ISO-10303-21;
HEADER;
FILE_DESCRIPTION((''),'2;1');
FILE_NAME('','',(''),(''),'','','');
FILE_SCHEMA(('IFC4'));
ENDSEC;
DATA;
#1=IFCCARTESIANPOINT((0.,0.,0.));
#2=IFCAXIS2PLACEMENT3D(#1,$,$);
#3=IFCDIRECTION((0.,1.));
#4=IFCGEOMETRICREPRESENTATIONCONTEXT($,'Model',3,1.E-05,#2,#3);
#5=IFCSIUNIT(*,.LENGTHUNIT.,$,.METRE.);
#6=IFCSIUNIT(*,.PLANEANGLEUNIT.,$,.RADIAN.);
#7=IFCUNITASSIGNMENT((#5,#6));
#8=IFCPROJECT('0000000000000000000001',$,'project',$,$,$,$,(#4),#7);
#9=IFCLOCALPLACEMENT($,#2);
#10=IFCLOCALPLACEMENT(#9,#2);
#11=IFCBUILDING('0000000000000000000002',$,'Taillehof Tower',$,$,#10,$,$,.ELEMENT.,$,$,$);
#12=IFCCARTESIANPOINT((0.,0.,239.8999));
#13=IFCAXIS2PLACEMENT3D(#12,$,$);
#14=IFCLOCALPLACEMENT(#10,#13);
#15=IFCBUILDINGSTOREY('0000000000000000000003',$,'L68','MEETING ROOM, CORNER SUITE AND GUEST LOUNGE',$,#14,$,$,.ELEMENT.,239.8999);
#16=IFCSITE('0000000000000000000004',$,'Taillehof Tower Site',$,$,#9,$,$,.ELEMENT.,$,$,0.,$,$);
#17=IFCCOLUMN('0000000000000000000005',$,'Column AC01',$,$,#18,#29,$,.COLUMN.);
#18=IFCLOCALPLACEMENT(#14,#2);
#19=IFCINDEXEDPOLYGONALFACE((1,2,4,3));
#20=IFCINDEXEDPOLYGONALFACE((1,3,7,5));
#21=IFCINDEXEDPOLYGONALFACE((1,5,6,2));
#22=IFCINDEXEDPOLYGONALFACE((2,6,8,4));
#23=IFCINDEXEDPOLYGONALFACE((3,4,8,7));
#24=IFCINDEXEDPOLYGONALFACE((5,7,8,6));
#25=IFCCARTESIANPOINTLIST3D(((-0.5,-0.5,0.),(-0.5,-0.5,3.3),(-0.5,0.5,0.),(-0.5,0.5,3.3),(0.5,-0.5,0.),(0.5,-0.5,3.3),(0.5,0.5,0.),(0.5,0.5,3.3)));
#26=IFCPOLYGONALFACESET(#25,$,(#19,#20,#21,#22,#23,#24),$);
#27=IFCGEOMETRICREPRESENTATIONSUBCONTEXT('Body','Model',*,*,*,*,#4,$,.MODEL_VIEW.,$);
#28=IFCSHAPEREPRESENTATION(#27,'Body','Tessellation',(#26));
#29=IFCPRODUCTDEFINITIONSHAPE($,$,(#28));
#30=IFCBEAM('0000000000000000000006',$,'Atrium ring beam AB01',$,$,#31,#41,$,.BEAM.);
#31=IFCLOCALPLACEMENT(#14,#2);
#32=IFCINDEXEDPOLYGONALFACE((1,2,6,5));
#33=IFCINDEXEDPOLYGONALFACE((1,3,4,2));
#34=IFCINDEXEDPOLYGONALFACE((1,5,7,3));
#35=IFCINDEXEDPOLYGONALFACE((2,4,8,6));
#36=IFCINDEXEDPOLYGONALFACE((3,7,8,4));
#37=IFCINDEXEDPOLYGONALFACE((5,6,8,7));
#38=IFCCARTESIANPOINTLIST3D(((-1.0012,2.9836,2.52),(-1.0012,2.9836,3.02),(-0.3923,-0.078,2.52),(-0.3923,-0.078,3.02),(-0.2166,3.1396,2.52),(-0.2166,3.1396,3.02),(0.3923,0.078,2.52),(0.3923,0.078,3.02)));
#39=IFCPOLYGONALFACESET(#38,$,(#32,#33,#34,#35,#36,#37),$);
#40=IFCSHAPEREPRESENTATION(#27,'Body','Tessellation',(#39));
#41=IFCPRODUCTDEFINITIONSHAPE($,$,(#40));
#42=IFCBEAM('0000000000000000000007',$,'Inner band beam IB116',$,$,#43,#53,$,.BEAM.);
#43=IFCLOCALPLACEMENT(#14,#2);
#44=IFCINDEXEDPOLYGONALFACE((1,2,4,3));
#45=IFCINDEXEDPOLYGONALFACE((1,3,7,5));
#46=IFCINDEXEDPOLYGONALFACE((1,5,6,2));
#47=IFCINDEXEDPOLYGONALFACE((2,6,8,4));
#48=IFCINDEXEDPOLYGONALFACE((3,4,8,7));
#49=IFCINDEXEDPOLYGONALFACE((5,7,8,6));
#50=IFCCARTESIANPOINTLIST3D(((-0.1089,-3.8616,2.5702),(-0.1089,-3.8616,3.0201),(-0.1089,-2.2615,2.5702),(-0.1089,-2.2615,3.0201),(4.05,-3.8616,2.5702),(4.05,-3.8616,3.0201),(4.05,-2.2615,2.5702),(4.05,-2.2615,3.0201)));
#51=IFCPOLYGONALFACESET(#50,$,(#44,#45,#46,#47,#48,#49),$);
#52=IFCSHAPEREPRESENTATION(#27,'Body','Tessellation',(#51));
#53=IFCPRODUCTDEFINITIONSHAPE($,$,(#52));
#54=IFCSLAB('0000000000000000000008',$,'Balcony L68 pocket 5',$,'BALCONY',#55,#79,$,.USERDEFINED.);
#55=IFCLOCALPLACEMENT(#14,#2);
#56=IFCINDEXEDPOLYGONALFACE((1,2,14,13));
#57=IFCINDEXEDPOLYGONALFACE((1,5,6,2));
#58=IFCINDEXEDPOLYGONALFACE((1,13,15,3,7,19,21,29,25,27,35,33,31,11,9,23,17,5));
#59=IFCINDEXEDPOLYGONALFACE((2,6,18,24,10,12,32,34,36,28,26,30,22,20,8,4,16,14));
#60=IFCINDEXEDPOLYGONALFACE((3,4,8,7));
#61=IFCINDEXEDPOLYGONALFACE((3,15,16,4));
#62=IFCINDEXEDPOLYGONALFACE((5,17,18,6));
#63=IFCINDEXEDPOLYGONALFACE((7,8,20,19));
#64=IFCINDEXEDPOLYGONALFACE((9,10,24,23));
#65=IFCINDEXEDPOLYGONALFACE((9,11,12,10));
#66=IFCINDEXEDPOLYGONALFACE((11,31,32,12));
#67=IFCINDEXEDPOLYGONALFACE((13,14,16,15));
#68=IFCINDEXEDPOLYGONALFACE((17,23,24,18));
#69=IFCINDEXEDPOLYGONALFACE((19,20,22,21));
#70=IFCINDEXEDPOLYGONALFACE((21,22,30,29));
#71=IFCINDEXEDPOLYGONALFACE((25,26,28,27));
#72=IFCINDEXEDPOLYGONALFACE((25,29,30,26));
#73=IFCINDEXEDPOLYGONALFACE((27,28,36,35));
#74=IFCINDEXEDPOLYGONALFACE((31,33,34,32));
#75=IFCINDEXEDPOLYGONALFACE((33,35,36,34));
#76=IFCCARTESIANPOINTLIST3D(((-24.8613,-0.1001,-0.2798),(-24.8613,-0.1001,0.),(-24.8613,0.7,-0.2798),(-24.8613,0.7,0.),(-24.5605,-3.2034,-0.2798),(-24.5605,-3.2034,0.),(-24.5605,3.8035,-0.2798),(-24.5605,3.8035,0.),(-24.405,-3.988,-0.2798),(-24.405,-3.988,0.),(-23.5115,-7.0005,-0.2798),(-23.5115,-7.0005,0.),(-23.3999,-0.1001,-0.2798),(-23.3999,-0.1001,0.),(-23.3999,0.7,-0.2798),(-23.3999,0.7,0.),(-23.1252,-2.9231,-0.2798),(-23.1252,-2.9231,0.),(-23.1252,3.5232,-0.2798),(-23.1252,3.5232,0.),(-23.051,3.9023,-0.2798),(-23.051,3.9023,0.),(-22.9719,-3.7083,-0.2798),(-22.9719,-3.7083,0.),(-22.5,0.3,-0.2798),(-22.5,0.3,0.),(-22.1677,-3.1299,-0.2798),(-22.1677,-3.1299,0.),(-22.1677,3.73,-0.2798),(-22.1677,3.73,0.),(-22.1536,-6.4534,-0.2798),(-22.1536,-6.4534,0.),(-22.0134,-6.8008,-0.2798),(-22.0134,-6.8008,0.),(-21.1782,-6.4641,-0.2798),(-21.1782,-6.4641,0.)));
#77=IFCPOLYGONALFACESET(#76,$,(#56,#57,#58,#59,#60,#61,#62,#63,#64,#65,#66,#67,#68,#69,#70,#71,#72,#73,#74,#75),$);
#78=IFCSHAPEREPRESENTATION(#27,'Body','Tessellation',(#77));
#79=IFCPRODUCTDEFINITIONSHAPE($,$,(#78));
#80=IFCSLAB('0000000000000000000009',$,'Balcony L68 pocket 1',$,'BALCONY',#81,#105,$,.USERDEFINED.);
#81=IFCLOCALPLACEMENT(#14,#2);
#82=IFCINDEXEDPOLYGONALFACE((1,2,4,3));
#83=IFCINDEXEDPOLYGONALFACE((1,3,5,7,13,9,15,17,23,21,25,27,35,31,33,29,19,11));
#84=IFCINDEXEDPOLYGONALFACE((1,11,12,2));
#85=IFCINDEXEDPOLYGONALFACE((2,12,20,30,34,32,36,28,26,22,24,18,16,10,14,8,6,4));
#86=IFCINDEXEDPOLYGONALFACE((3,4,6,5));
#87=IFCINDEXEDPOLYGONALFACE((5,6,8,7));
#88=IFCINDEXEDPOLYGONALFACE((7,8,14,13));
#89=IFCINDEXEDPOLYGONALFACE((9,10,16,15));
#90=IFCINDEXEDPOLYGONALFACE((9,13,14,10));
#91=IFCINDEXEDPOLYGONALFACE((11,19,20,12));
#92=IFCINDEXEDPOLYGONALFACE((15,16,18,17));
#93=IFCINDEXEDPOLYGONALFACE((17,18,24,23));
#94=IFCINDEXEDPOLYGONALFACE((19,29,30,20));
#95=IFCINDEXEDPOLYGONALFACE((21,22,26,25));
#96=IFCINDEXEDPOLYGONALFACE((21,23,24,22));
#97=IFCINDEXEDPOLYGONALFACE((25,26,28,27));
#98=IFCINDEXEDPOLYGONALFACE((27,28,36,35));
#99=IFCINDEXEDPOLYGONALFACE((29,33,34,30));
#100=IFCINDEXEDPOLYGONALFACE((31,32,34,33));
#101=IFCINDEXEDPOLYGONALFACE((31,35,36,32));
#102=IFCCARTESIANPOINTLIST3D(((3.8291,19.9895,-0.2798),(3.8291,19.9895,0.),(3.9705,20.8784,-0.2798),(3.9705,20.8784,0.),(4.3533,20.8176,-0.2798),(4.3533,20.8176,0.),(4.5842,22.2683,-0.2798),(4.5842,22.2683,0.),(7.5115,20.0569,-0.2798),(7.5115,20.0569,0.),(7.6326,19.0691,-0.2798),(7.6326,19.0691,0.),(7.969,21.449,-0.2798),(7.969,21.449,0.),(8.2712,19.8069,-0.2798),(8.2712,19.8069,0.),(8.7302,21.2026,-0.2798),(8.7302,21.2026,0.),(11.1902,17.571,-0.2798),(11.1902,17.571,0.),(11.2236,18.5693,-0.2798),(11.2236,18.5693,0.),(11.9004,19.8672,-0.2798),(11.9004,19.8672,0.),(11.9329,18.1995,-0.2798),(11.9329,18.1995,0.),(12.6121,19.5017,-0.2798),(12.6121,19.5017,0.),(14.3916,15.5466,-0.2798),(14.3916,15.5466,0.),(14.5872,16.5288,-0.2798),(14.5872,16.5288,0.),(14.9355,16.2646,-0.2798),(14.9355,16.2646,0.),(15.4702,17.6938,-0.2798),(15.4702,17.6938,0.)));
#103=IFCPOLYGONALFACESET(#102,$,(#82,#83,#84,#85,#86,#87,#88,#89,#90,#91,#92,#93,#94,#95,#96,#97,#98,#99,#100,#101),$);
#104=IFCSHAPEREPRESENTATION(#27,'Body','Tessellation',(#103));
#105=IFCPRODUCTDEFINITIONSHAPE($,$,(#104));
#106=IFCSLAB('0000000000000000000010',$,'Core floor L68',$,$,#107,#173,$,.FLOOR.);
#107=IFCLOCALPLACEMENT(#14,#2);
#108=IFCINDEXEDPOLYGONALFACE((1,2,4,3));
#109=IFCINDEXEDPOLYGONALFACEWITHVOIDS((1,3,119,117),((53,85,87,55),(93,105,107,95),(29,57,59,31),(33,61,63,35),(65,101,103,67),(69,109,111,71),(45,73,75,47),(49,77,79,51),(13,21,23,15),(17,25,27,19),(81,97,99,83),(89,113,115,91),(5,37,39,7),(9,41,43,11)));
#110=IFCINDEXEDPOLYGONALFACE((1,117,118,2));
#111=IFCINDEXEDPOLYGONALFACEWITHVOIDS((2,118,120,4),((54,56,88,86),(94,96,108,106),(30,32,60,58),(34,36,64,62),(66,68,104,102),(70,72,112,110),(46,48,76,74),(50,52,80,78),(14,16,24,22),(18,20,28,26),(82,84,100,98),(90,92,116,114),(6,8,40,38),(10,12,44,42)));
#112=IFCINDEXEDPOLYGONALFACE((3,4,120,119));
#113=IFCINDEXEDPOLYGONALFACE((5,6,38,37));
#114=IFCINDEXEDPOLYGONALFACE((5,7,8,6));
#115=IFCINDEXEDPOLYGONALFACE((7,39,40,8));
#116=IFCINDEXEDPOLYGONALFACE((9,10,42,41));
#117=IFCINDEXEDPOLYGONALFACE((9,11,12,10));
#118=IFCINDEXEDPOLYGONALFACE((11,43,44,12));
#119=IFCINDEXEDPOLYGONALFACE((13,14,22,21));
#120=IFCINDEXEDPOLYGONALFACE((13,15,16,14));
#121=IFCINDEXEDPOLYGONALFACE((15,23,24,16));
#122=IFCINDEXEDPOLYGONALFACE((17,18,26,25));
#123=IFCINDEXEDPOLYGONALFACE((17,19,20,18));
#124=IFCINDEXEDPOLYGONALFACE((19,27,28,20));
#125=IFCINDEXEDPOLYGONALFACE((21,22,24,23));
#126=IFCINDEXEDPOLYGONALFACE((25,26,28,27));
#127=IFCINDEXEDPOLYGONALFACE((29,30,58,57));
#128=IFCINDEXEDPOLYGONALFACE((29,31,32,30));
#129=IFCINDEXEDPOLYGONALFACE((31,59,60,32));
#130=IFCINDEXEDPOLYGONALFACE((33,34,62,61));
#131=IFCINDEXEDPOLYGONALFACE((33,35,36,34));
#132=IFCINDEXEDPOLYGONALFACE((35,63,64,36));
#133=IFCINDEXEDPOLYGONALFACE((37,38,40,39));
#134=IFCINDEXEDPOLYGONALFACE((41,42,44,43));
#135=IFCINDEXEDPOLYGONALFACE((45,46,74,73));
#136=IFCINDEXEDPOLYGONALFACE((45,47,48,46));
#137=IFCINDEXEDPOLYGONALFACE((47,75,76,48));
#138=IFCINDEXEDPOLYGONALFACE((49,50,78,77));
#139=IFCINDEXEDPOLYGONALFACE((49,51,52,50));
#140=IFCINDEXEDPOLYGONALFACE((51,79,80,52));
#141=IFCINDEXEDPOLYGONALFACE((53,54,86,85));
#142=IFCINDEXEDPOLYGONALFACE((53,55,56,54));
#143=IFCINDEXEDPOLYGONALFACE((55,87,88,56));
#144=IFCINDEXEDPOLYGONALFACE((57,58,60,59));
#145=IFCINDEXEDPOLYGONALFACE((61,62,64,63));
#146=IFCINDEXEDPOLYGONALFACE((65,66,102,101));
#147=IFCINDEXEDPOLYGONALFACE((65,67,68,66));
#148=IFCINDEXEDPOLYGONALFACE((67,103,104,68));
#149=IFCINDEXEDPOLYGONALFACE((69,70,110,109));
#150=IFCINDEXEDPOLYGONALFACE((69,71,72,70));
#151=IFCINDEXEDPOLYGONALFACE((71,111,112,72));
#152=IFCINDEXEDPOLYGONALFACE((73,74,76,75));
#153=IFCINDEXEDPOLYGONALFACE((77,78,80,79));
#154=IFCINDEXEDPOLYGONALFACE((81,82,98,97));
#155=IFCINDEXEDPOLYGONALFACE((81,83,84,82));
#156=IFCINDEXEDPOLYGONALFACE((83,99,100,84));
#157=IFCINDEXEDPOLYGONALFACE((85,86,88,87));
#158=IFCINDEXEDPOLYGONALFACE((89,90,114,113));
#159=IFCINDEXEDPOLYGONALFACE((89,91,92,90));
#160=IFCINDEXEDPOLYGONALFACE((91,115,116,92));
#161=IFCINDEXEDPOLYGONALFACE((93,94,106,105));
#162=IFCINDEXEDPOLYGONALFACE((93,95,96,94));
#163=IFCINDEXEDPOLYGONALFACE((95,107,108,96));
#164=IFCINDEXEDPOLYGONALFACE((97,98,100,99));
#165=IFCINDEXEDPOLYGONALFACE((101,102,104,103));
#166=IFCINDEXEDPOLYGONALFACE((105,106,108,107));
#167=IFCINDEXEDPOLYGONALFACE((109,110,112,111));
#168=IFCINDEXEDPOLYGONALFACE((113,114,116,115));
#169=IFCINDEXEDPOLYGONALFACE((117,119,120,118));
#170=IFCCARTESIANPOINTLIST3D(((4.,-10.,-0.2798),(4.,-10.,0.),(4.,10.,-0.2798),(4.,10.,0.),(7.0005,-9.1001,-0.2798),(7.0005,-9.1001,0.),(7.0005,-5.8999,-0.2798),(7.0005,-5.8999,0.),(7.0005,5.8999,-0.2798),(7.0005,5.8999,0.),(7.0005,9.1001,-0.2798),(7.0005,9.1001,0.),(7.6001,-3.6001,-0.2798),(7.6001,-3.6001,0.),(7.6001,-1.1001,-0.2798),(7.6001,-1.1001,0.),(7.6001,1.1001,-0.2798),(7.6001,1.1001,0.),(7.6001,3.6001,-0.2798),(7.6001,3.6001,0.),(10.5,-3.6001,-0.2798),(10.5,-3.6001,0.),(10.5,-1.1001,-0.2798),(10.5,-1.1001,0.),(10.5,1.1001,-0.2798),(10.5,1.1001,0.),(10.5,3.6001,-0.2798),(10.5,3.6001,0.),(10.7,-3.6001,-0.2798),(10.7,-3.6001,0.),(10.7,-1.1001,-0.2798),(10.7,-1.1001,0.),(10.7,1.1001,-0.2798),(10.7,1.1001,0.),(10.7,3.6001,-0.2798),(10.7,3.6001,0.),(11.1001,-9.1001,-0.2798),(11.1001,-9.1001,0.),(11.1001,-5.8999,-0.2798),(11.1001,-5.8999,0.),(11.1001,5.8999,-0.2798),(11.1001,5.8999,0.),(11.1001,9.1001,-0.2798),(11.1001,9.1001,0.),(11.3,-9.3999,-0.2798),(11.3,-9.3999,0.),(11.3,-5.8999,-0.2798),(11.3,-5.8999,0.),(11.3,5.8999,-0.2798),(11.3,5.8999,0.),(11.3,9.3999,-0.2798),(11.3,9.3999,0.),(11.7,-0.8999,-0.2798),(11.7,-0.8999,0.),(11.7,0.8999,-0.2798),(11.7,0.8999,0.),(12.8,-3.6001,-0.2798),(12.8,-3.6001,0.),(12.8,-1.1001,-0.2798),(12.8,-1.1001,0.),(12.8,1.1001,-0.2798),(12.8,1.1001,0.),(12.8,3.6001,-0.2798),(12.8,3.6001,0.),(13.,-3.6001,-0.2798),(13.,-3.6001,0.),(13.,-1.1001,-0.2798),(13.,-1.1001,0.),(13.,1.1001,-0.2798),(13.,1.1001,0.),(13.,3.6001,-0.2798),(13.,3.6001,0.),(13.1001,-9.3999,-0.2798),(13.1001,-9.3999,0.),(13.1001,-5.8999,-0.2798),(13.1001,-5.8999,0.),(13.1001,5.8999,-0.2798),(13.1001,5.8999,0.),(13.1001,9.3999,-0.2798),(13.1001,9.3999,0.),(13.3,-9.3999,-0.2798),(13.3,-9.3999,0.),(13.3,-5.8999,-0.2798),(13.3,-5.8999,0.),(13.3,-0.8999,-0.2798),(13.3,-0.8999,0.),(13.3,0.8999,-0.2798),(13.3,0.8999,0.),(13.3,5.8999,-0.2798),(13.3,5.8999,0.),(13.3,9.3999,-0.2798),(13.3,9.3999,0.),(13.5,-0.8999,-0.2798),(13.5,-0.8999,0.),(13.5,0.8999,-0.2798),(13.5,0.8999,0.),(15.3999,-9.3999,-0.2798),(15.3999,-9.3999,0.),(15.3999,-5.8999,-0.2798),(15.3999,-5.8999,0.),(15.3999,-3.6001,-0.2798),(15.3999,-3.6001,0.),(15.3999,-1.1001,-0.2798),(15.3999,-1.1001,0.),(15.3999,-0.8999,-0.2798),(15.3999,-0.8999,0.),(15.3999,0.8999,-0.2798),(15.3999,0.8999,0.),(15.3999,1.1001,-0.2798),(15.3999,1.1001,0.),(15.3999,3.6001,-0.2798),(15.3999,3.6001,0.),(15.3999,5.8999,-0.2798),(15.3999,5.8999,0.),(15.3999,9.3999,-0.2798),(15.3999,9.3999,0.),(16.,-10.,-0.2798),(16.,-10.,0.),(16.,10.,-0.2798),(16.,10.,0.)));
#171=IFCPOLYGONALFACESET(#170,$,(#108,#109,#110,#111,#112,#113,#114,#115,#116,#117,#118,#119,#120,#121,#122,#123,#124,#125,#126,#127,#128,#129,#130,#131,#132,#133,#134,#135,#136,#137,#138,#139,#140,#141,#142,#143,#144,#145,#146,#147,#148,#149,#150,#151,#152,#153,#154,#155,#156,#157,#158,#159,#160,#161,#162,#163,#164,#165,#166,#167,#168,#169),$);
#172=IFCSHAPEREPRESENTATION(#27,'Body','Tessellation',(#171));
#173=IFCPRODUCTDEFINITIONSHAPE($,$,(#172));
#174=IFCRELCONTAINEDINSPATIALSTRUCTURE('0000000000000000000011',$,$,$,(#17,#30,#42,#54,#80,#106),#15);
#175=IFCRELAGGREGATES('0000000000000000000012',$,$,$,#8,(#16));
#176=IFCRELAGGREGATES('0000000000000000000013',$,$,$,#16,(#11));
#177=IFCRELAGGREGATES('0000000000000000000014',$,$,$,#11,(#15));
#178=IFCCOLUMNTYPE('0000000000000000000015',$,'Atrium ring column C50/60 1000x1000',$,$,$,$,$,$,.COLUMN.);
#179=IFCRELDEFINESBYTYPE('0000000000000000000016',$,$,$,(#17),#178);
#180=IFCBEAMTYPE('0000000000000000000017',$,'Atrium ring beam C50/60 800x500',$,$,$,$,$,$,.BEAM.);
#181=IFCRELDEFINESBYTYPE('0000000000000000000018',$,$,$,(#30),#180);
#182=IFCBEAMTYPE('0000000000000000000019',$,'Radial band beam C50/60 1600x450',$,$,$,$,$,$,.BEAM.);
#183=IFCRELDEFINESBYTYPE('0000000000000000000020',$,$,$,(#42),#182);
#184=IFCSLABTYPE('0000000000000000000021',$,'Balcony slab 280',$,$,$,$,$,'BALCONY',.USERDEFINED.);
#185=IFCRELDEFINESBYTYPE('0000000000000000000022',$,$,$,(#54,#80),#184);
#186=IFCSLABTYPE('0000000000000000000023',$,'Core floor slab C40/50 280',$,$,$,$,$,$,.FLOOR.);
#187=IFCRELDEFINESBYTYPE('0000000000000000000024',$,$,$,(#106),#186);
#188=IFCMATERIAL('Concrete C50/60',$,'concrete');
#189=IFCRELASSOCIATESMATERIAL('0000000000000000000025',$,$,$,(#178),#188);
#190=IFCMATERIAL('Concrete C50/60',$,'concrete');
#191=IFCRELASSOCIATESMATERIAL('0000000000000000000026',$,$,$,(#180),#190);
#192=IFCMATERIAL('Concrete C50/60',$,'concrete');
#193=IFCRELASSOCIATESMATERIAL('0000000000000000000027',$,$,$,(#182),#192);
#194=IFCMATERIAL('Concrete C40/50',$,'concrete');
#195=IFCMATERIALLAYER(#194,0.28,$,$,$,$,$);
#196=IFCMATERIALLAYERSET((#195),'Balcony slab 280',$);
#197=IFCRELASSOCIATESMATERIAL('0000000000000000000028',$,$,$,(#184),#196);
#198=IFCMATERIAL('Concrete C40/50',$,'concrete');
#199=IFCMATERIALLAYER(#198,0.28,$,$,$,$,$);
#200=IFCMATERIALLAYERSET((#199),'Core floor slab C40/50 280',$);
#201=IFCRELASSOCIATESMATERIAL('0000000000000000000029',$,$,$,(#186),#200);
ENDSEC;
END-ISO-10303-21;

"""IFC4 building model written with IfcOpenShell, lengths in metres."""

from ifc_helpers import new_model, si_unit, direction, frame, origin, origin_with_axes, origin_2d, place, context, subcontext, project, spatial, polyline, rectangle, outline, extrude, material, layer, layer_set, material_profile, profile_set, type_object, element, save


model = new_model("IFC4")

# Units and contexts
model_context = context("Model", 3, precision=1e-05, world=origin(), true_north=direction((0.0, 1.0)))
body_context = subcontext(model_context, "Body", "Model", "MODEL_VIEW")
ifc_project = project(units=[si_unit("LENGTHUNIT", "METRE"), si_unit("PLANEANGLEUNIT", "RADIAN")], contexts=[model_context])

# Site, building, storey
site_placement = place(None, origin())
site = spatial("IfcSite", under=ifc_project, at=site_placement, Name="Taillehof Tower Site", CompositionType="ELEMENT", RefElevation=0.0)
building_placement = place(site_placement, origin())
building = spatial("IfcBuilding", under=site, at=building_placement, Name="Taillehof Tower", CompositionType="ELEMENT")
storey_placement = place(building_placement, frame((0.0, 0.0, 239.8999)))
storey = spatial("IfcBuildingStorey", under=building, at=storey_placement, Name="L68", Description="MEETING ROOM, CORNER SUITE AND GUEST LOUNGE", CompositionType="ELEMENT", Elevation=239.8999)

# Column
ifc_material_1 = material(Name="Concrete C50/60", Category="concrete")
ifc_material_profile_1 = material_profile(ifc_material_1, rectangle(XDim=1.0, YDim=1.0, at=origin_2d()), Name="RC 1000x1000")
ifc_profile_set_1 = profile_set([ifc_material_profile_1], Name="Concrete C50/60")
column_type = type_object("IfcColumnType", Name="Atrium ring column C50/60 1000x1000", PredefinedType="COLUMN", material=ifc_profile_set_1)
column_placement = place(storey_placement, origin_with_axes())
element("IfcColumn", 1, at=column_placement, inside=storey, type_object=column_type, Name="Column AC01", PredefinedType="COLUMN", context=body_context, shape_type="SweptSolid", body=[
    extrude(rectangle(XDim=1.0, YDim=1.0, at=origin_2d()), origin(), (0.0, 0.0, 1.0), 3.3),
])

# Beams
ifc_material_2 = material(Name="Concrete C50/60", Category="concrete")
ifc_material_profile_2 = material_profile(ifc_material_2, rectangle(XDim=0.8, YDim=0.5, at=origin_2d()), Name="RC 800x500")
ifc_profile_set_2 = profile_set([ifc_material_profile_2], Name="Concrete C50/60")
beam_type_1 = type_object("IfcBeamType", Name="Atrium ring beam C50/60 800x500", PredefinedType="BEAM", material=ifc_profile_set_2)
beam_1_placement = place(storey_placement, frame((0.0, 0.0, 2.77), z_axis=(-0.195063, 0.980791, 0.0), x_axis=(-0.980791, -0.195063, 0.0)))
element("IfcBeam", 2, at=beam_1_placement, inside=storey, type_object=beam_type_1, Name="Atrium ring beam AB01", PredefinedType="BEAM", context=body_context, shape_type="SweptSolid", body=[
    extrude(rectangle(XDim=0.8, YDim=0.5, at=origin_2d()), origin(), (0.0, 0.0, 1.0), 3.1216),
])
ifc_material_3 = material(Name="Concrete C50/60", Category="concrete")
ifc_material_profile_3 = material_profile(ifc_material_3, rectangle(XDim=1.6001, YDim=0.45, at=origin_2d()), Name="RC 1600x450")
ifc_profile_set_3 = profile_set([ifc_material_profile_3], Name="Concrete C50/60")
beam_type_2 = type_object("IfcBeamType", Name="Radial band beam C50/60 1600x450", PredefinedType="BEAM", material=ifc_profile_set_3)
beam_2_placement = place(storey_placement, frame((-0.1089, -3.0615, 2.7952), z_axis=(1.0, 0.0, 0.0), x_axis=(0.0, 1.0, 0.0)))
element("IfcBeam", 3, at=beam_2_placement, inside=storey, type_object=beam_type_2, Name="Inner band beam IB116", PredefinedType="BEAM", context=body_context, shape_type="SweptSolid", body=[
    extrude(rectangle(XDim=1.6001, YDim=0.45, at=origin_2d()), origin(), (0.0, 0.0, 1.0), 4.1589),
])

# Slabs
ifc_material_4 = material(Name="Concrete C40/50", Category="concrete")
ifc_layer_1 = layer(ifc_material_4, 0.28)
ifc_layer_set_1 = layer_set([ifc_layer_1], Name="Balcony slab 280")
slab_type_1 = type_object("IfcSlabType", Name="Balcony slab 280", ElementType="BALCONY", PredefinedType="USERDEFINED", material=ifc_layer_set_1)
slab_1_placement = place(storey_placement, frame((0.0, 0.0, -0.2798)))
element("IfcSlab", 4, at=slab_1_placement, inside=storey, type_object=slab_type_1, Name="Balcony L68 pocket 5", ObjectType="BALCONY", PredefinedType="USERDEFINED", context=body_context, shape_type="SweptSolid", body=[
    extrude(outline(polyline([(-21.1782, -6.4641), (-22.0134, -6.8008), (-22.1536, -6.4534), (-23.5115, -7.0005), (-24.405, -3.988), (-22.9719, -3.7083), (-23.1252, -2.9231), (-24.5605, -3.2034), (-24.8613, -0.1001), (-23.3999, -0.1001), (-23.3999, 0.7), (-24.8613, 0.7), (-24.5605, 3.8035), (-23.1252, 3.5232), (-23.051, 3.9023), (-22.1677, 3.73), (-22.5, 0.3), (-22.1677, -3.1299), (-21.1782, -6.4641)])), origin(), (0.0, 0.0, 1.0), 0.2798),
])
slab_2_placement = place(storey_placement, frame((0.0, 0.0, -0.2798)))
element("IfcSlab", 5, at=slab_2_placement, inside=storey, type_object=slab_type_1, Name="Balcony L68 pocket 1", ObjectType="BALCONY", PredefinedType="USERDEFINED", context=body_context, shape_type="SweptSolid", body=[
    extrude(outline(polyline([(3.8291, 19.9895), (3.9705, 20.8784), (4.3533, 20.8176), (4.5842, 22.2683), (7.969, 21.449), (7.5115, 20.0569), (8.2712, 19.8069), (8.7302, 21.2026), (11.9004, 19.8672), (11.2236, 18.5693), (11.9329, 18.1995), (12.6121, 19.5017), (15.4702, 17.6938), (14.5872, 16.5288), (14.9355, 16.2646), (14.3916, 15.5466), (11.1902, 17.571), (7.6326, 19.0691), (3.8291, 19.9895)])), origin(), (0.0, 0.0, 1.0), 0.2798),
])
ifc_material_5 = material(Name="Concrete C40/50", Category="concrete")
ifc_layer_2 = layer(ifc_material_5, 0.28)
ifc_layer_set_2 = layer_set([ifc_layer_2], Name="Core floor slab C40/50 280")
slab_type_2 = type_object("IfcSlabType", Name="Core floor slab C40/50 280", PredefinedType="FLOOR", material=ifc_layer_set_2)
slab_3_placement = place(storey_placement, frame((0.0, 0.0, -0.2798)))
element("IfcSlab", 6, at=slab_3_placement, inside=storey, type_object=slab_type_2, Name="Core floor L68", PredefinedType="FLOOR", context=body_context, shape_type="SweptSolid", body=[
    extrude(outline(polyline([(4.0, -10.0), (4.0, 10.0), (16.0, 10.0), (16.0, -10.0), (4.0, -10.0)]), holes=[polyline([(11.1001, -9.1001), (11.1001, -5.8999), (7.0005, -5.8999), (7.0005, -9.1001), (11.1001, -9.1001)]), polyline([(10.5, -3.6001), (10.5, -1.1001), (7.6001, -1.1001), (7.6001, -3.6001), (10.5, -3.6001)]), polyline([(12.8, -3.6001), (12.8, -1.1001), (10.7, -1.1001), (10.7, -3.6001), (12.8, -3.6001)]), polyline([(10.5, 1.1001), (10.5, 3.6001), (7.6001, 3.6001), (7.6001, 1.1001), (10.5, 1.1001)]), polyline([(12.8, 1.1001), (12.8, 3.6001), (10.7, 3.6001), (10.7, 1.1001), (12.8, 1.1001)]), polyline([(11.1001, 5.8999), (11.1001, 9.1001), (7.0005, 9.1001), (7.0005, 5.8999), (11.1001, 5.8999)]), polyline([(13.1001, 5.8999), (13.1001, 9.3999), (11.3, 9.3999), (11.3, 5.8999), (13.1001, 5.8999)]), polyline([(13.1001, -5.8999), (11.3, -5.8999), (11.3, -9.3999), (13.1001, -9.3999), (13.1001, -5.8999)]), polyline([(15.3999, -9.3999), (15.3999, -5.8999), (13.3, -5.8999), (13.3, -9.3999), (15.3999, -9.3999)]), polyline([(15.3999, -3.6001), (15.3999, -1.1001), (13.0, -1.1001), (13.0, -3.6001), (15.3999, -3.6001)]), polyline([(13.3, -0.8999), (13.3, 0.8999), (11.7, 0.8999), (11.7, -0.8999), (13.3, -0.8999)]), polyline([(15.3999, -0.8999), (15.3999, 0.8999), (13.5, 0.8999), (13.5, -0.8999), (15.3999, -0.8999)]), polyline([(15.3999, 1.1001), (15.3999, 3.6001), (13.0, 3.6001), (13.0, 1.1001), (15.3999, 1.1001)]), polyline([(15.3999, 5.8999), (15.3999, 9.3999), (13.3, 9.3999), (13.3, 5.8999), (15.3999, 5.8999)])]), origin(), (0.0, 0.0, 1.0), 0.2798),
])

save(model, "model.ifc")
